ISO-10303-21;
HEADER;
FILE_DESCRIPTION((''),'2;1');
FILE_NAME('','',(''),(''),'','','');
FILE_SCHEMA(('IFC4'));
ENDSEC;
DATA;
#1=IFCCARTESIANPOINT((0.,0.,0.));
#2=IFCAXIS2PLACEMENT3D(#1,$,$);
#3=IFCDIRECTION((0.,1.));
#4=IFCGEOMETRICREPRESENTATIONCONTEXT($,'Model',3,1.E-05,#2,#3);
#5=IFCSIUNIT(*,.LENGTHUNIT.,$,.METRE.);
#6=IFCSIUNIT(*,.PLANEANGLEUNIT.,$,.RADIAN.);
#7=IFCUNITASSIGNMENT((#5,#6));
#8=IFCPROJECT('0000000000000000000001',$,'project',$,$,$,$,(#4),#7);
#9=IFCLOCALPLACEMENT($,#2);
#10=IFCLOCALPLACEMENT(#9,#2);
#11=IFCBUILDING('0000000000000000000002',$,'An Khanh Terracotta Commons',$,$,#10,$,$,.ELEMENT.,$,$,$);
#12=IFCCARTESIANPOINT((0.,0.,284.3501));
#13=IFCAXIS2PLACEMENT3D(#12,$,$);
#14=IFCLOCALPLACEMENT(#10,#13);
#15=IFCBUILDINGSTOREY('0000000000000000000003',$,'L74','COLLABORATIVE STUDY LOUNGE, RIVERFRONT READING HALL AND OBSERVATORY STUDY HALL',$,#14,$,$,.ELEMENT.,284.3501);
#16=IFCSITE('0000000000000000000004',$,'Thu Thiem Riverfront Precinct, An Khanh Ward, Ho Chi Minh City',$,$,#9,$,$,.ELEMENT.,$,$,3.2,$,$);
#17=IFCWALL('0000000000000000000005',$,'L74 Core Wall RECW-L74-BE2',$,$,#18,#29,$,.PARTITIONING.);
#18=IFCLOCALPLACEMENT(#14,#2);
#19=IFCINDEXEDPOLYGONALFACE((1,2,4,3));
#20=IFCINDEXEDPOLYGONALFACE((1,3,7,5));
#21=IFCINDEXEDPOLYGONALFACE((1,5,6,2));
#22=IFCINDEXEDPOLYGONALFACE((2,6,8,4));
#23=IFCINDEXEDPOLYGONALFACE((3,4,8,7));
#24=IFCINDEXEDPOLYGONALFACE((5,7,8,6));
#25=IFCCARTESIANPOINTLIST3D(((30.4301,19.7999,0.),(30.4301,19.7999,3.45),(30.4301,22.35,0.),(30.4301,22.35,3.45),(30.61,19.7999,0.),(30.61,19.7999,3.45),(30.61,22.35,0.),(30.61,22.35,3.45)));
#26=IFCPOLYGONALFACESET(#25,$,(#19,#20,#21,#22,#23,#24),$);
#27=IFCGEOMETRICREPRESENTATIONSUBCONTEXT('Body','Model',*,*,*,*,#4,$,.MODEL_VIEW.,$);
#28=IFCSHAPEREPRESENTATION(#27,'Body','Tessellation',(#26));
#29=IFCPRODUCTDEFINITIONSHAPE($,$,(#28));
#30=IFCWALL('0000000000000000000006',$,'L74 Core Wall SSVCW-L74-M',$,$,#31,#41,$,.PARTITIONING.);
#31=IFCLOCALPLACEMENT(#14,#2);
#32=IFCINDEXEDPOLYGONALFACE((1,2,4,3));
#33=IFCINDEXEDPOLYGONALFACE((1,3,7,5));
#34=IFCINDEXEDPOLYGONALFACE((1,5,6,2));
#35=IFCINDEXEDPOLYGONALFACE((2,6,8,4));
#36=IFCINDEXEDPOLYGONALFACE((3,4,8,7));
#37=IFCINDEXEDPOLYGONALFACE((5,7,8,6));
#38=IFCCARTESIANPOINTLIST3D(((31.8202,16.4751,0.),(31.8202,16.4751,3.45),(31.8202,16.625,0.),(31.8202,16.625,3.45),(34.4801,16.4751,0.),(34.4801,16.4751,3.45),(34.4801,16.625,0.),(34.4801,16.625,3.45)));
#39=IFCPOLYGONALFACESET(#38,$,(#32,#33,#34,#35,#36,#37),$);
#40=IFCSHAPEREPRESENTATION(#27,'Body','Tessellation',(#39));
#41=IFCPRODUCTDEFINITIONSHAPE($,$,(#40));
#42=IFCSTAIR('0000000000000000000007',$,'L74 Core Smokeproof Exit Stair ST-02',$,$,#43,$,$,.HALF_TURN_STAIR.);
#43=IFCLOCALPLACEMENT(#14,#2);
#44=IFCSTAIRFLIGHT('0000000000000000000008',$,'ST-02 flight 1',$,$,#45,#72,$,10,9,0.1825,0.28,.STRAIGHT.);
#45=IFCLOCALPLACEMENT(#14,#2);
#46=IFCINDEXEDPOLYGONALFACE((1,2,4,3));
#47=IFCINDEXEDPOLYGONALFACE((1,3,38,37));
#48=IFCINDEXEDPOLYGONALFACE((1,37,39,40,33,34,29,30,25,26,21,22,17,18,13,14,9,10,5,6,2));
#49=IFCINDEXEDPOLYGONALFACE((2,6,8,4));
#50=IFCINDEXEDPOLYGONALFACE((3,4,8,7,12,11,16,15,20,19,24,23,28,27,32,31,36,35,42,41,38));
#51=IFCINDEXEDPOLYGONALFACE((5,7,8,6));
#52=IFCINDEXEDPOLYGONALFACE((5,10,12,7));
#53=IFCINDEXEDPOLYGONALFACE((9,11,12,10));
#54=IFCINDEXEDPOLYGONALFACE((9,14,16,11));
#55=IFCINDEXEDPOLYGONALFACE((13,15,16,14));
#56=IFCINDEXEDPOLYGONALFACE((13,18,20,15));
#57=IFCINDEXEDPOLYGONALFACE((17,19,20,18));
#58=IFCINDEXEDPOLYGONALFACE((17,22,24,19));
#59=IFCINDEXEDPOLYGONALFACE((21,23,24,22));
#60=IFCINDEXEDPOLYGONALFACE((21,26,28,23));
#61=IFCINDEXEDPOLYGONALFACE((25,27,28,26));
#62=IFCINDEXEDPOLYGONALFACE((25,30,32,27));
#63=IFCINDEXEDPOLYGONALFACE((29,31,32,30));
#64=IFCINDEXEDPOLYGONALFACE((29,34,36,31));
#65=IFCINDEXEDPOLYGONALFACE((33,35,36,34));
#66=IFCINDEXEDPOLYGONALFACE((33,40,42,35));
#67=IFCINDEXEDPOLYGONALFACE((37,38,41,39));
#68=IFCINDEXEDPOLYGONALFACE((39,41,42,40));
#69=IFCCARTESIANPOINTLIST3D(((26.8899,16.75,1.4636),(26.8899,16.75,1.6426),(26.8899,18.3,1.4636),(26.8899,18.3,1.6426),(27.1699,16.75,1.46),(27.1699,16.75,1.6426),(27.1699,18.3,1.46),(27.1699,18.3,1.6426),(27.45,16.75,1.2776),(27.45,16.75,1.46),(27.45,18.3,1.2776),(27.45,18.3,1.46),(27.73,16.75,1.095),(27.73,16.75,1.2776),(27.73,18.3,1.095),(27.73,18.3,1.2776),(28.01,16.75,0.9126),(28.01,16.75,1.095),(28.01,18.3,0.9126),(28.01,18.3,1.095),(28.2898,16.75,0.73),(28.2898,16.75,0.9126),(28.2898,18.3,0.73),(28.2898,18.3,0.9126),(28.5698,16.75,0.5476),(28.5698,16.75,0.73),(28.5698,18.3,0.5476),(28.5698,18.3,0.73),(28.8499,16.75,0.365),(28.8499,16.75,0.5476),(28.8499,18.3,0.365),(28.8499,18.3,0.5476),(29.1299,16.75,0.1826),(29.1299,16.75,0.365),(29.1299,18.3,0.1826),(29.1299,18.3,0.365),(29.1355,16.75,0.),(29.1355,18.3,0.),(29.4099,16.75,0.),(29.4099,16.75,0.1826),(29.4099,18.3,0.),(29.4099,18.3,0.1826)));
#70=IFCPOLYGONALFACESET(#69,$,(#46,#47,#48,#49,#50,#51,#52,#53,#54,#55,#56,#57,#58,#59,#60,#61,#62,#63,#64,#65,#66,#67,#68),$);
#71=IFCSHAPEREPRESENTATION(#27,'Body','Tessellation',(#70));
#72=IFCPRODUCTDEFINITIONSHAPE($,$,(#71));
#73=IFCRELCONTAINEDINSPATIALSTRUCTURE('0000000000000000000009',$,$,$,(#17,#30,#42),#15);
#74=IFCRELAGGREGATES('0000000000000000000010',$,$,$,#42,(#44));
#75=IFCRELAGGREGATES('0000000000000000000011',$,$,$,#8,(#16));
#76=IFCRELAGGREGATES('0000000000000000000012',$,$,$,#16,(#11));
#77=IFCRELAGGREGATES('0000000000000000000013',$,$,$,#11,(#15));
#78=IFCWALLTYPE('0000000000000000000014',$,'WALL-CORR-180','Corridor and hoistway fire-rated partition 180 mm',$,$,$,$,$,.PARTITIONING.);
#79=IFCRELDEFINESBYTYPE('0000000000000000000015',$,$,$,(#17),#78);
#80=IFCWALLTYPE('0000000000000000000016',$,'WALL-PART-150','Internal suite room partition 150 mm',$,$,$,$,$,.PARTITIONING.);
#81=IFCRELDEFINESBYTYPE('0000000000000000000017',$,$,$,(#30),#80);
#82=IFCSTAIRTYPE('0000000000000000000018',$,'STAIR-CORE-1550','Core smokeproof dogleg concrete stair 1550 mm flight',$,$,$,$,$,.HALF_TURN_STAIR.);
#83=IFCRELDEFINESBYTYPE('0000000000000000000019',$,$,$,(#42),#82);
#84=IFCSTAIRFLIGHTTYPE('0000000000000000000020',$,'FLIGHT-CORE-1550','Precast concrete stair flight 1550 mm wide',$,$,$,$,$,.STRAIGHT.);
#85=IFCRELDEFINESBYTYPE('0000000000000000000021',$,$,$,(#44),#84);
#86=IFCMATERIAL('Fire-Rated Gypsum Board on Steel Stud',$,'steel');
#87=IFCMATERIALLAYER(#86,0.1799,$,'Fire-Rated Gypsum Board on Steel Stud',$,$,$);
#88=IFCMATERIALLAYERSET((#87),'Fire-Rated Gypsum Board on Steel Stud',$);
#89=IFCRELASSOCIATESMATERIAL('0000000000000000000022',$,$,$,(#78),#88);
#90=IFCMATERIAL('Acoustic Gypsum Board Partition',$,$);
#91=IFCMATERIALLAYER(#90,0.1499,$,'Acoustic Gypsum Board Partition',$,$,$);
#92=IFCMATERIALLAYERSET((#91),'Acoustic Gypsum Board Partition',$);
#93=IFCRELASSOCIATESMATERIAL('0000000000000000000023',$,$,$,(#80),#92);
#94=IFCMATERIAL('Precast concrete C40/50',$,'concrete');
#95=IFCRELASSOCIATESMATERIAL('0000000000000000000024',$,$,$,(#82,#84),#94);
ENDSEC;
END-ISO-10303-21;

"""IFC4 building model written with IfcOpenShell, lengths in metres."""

from ifc_helpers import new_model, si_unit, direction, frame, frame_2d, origin, place, context, subcontext, project, spatial, polyline, rectangle, outline, extrude, material, layer, layer_set, type_object, element, aggregate, save


model = new_model("IFC4")

# Units and contexts
model_context = context("Model", 3, precision=1e-05, world=origin(), true_north=direction((0.0, 1.0)))
body_context = subcontext(model_context, "Body", "Model", "MODEL_VIEW")
ifc_project = project(units=[si_unit("LENGTHUNIT", "METRE"), si_unit("PLANEANGLEUNIT", "RADIAN")], contexts=[model_context])

# Site, building, storey
site_placement = place(None, origin())
site = spatial("IfcSite", under=ifc_project, at=site_placement, Name="Thu Thiem Riverfront Precinct, An Khanh Ward, Ho Chi Minh City", CompositionType="ELEMENT", RefElevation=3.2)
building_placement = place(site_placement, origin())
building = spatial("IfcBuilding", under=site, at=building_placement, Name="An Khanh Terracotta Commons", CompositionType="ELEMENT")
storey_placement = place(building_placement, frame((0.0, 0.0, 284.3501)))
storey = spatial("IfcBuildingStorey", under=building, at=storey_placement, Name="L74", Description="COLLABORATIVE STUDY LOUNGE, RIVERFRONT READING HALL AND OBSERVATORY STUDY HALL", CompositionType="ELEMENT", Elevation=284.3501)

# Shared definitions
ifc_material_1 = material(Name="Fire-Rated Gypsum Board on Steel Stud", Category="steel")
ifc_layer_1 = layer(ifc_material_1, 0.1799, Name="Fire-Rated Gypsum Board on Steel Stud")
ifc_layer_set_1 = layer_set([ifc_layer_1], Name="Fire-Rated Gypsum Board on Steel Stud")
wall_type_1 = type_object("IfcWallType", Name="WALL-CORR-180", Description="Corridor and hoistway fire-rated partition 180 mm", PredefinedType="PARTITIONING", material=ifc_layer_set_1)

# Walls
wall_1_placement = place(storey_placement, frame((30.52, 19.8, 0.0), z_axis=(0.0, 0.0, 1.0), x_axis=(0.0, 1.0, 0.0)))
element("IfcWall", 1, at=wall_1_placement, inside=storey, type_object=wall_type_1, Name="L74 Core Wall RECW-L74-BE2", PredefinedType="PARTITIONING", context=body_context, shape_type="SweptSolid", body=[
    extrude(rectangle(XDim=2.55, YDim=0.1799, at=frame_2d((1.2749, 0.0))), origin(), (0.0, 0.0, 1.0), 3.45),
])
ifc_material_2 = material(Name="Acoustic Gypsum Board Partition")
ifc_layer_2 = layer(ifc_material_2, 0.1499, Name="Acoustic Gypsum Board Partition")
ifc_layer_set_2 = layer_set([ifc_layer_2], Name="Acoustic Gypsum Board Partition")
wall_type_2 = type_object("IfcWallType", Name="WALL-PART-150", Description="Internal suite room partition 150 mm", PredefinedType="PARTITIONING", material=ifc_layer_set_2)
wall_2_placement = place(storey_placement, frame((31.8201, 16.55, 0.0), z_axis=(0.0, 0.0, 1.0), x_axis=(1.0, 0.0, 0.0)))
element("IfcWall", 2, at=wall_2_placement, inside=storey, type_object=wall_type_2, Name="L74 Core Wall SSVCW-L74-M", PredefinedType="PARTITIONING", context=body_context, shape_type="SweptSolid", body=[
    extrude(rectangle(XDim=2.6599, YDim=0.1499, at=frame_2d((1.3301, 0.0))), origin(), (0.0, 0.0, 1.0), 3.45),
])

# Stair, stair flight
ifc_material_3 = material(Name="Precast concrete C40/50", Category="concrete")
stair_type = type_object("IfcStairType", Name="STAIR-CORE-1550", Description="Core smokeproof dogleg concrete stair 1550 mm flight", PredefinedType="HALF_TURN_STAIR", material=ifc_material_3)
stair_placement = place(storey_placement, origin())
stair = element("IfcStair", 3, at=stair_placement, inside=storey, type_object=stair_type, Name="L74 Core Smokeproof Exit Stair ST-02", PredefinedType="HALF_TURN_STAIR")
stair_flight_type = type_object("IfcStairFlightType", Name="FLIGHT-CORE-1550", Description="Precast concrete stair flight 1550 mm wide", PredefinedType="STRAIGHT", material=ifc_material_3)
stair_flight_placement = place(storey_placement, frame((29.4099, 17.5249, 0.0), z_axis=(0.0, 0.0, 1.0), x_axis=(-1.0, 0.0, 0.0)))
stair_flight = element("IfcStairFlight", 4, at=stair_flight_placement, type_object=stair_flight_type, Name="ST-02 flight 1", NumberOfRisers=10, NumberOfTreads=9, PredefinedType="STRAIGHT", RiserHeight=0.1825, TreadLength=0.28, context=body_context, shape_type="SweptSolid", body=[
    extrude(outline(polyline([(0.0, 0.0), (0.0, 0.1826), (0.28, 0.1826), (0.28, 0.365), (0.5601, 0.365), (0.5601, 0.5476), (0.8401, 0.5476), (0.8401, 0.73), (1.1201, 0.73), (1.1201, 0.9126), (1.3999, 0.9126), (1.3999, 1.095), (1.6799, 1.095), (1.6799, 1.2776), (1.96, 1.2776), (1.96, 1.46), (2.24, 1.46), (2.24, 1.6426), (2.52, 1.6426), (2.52, 1.825), (2.52, 1.4636), (0.2744, 0.0), (0.0, 0.0)])), frame((0.0, 0.7749, 0.0), z_axis=(0.0, -1.0, 0.0), x_axis=(1.0, 0.0, 0.0)), (0.0, 0.0, 1.0), 1.55),
])
aggregate(stair, [stair_flight])

save(model, "model.ifc")
